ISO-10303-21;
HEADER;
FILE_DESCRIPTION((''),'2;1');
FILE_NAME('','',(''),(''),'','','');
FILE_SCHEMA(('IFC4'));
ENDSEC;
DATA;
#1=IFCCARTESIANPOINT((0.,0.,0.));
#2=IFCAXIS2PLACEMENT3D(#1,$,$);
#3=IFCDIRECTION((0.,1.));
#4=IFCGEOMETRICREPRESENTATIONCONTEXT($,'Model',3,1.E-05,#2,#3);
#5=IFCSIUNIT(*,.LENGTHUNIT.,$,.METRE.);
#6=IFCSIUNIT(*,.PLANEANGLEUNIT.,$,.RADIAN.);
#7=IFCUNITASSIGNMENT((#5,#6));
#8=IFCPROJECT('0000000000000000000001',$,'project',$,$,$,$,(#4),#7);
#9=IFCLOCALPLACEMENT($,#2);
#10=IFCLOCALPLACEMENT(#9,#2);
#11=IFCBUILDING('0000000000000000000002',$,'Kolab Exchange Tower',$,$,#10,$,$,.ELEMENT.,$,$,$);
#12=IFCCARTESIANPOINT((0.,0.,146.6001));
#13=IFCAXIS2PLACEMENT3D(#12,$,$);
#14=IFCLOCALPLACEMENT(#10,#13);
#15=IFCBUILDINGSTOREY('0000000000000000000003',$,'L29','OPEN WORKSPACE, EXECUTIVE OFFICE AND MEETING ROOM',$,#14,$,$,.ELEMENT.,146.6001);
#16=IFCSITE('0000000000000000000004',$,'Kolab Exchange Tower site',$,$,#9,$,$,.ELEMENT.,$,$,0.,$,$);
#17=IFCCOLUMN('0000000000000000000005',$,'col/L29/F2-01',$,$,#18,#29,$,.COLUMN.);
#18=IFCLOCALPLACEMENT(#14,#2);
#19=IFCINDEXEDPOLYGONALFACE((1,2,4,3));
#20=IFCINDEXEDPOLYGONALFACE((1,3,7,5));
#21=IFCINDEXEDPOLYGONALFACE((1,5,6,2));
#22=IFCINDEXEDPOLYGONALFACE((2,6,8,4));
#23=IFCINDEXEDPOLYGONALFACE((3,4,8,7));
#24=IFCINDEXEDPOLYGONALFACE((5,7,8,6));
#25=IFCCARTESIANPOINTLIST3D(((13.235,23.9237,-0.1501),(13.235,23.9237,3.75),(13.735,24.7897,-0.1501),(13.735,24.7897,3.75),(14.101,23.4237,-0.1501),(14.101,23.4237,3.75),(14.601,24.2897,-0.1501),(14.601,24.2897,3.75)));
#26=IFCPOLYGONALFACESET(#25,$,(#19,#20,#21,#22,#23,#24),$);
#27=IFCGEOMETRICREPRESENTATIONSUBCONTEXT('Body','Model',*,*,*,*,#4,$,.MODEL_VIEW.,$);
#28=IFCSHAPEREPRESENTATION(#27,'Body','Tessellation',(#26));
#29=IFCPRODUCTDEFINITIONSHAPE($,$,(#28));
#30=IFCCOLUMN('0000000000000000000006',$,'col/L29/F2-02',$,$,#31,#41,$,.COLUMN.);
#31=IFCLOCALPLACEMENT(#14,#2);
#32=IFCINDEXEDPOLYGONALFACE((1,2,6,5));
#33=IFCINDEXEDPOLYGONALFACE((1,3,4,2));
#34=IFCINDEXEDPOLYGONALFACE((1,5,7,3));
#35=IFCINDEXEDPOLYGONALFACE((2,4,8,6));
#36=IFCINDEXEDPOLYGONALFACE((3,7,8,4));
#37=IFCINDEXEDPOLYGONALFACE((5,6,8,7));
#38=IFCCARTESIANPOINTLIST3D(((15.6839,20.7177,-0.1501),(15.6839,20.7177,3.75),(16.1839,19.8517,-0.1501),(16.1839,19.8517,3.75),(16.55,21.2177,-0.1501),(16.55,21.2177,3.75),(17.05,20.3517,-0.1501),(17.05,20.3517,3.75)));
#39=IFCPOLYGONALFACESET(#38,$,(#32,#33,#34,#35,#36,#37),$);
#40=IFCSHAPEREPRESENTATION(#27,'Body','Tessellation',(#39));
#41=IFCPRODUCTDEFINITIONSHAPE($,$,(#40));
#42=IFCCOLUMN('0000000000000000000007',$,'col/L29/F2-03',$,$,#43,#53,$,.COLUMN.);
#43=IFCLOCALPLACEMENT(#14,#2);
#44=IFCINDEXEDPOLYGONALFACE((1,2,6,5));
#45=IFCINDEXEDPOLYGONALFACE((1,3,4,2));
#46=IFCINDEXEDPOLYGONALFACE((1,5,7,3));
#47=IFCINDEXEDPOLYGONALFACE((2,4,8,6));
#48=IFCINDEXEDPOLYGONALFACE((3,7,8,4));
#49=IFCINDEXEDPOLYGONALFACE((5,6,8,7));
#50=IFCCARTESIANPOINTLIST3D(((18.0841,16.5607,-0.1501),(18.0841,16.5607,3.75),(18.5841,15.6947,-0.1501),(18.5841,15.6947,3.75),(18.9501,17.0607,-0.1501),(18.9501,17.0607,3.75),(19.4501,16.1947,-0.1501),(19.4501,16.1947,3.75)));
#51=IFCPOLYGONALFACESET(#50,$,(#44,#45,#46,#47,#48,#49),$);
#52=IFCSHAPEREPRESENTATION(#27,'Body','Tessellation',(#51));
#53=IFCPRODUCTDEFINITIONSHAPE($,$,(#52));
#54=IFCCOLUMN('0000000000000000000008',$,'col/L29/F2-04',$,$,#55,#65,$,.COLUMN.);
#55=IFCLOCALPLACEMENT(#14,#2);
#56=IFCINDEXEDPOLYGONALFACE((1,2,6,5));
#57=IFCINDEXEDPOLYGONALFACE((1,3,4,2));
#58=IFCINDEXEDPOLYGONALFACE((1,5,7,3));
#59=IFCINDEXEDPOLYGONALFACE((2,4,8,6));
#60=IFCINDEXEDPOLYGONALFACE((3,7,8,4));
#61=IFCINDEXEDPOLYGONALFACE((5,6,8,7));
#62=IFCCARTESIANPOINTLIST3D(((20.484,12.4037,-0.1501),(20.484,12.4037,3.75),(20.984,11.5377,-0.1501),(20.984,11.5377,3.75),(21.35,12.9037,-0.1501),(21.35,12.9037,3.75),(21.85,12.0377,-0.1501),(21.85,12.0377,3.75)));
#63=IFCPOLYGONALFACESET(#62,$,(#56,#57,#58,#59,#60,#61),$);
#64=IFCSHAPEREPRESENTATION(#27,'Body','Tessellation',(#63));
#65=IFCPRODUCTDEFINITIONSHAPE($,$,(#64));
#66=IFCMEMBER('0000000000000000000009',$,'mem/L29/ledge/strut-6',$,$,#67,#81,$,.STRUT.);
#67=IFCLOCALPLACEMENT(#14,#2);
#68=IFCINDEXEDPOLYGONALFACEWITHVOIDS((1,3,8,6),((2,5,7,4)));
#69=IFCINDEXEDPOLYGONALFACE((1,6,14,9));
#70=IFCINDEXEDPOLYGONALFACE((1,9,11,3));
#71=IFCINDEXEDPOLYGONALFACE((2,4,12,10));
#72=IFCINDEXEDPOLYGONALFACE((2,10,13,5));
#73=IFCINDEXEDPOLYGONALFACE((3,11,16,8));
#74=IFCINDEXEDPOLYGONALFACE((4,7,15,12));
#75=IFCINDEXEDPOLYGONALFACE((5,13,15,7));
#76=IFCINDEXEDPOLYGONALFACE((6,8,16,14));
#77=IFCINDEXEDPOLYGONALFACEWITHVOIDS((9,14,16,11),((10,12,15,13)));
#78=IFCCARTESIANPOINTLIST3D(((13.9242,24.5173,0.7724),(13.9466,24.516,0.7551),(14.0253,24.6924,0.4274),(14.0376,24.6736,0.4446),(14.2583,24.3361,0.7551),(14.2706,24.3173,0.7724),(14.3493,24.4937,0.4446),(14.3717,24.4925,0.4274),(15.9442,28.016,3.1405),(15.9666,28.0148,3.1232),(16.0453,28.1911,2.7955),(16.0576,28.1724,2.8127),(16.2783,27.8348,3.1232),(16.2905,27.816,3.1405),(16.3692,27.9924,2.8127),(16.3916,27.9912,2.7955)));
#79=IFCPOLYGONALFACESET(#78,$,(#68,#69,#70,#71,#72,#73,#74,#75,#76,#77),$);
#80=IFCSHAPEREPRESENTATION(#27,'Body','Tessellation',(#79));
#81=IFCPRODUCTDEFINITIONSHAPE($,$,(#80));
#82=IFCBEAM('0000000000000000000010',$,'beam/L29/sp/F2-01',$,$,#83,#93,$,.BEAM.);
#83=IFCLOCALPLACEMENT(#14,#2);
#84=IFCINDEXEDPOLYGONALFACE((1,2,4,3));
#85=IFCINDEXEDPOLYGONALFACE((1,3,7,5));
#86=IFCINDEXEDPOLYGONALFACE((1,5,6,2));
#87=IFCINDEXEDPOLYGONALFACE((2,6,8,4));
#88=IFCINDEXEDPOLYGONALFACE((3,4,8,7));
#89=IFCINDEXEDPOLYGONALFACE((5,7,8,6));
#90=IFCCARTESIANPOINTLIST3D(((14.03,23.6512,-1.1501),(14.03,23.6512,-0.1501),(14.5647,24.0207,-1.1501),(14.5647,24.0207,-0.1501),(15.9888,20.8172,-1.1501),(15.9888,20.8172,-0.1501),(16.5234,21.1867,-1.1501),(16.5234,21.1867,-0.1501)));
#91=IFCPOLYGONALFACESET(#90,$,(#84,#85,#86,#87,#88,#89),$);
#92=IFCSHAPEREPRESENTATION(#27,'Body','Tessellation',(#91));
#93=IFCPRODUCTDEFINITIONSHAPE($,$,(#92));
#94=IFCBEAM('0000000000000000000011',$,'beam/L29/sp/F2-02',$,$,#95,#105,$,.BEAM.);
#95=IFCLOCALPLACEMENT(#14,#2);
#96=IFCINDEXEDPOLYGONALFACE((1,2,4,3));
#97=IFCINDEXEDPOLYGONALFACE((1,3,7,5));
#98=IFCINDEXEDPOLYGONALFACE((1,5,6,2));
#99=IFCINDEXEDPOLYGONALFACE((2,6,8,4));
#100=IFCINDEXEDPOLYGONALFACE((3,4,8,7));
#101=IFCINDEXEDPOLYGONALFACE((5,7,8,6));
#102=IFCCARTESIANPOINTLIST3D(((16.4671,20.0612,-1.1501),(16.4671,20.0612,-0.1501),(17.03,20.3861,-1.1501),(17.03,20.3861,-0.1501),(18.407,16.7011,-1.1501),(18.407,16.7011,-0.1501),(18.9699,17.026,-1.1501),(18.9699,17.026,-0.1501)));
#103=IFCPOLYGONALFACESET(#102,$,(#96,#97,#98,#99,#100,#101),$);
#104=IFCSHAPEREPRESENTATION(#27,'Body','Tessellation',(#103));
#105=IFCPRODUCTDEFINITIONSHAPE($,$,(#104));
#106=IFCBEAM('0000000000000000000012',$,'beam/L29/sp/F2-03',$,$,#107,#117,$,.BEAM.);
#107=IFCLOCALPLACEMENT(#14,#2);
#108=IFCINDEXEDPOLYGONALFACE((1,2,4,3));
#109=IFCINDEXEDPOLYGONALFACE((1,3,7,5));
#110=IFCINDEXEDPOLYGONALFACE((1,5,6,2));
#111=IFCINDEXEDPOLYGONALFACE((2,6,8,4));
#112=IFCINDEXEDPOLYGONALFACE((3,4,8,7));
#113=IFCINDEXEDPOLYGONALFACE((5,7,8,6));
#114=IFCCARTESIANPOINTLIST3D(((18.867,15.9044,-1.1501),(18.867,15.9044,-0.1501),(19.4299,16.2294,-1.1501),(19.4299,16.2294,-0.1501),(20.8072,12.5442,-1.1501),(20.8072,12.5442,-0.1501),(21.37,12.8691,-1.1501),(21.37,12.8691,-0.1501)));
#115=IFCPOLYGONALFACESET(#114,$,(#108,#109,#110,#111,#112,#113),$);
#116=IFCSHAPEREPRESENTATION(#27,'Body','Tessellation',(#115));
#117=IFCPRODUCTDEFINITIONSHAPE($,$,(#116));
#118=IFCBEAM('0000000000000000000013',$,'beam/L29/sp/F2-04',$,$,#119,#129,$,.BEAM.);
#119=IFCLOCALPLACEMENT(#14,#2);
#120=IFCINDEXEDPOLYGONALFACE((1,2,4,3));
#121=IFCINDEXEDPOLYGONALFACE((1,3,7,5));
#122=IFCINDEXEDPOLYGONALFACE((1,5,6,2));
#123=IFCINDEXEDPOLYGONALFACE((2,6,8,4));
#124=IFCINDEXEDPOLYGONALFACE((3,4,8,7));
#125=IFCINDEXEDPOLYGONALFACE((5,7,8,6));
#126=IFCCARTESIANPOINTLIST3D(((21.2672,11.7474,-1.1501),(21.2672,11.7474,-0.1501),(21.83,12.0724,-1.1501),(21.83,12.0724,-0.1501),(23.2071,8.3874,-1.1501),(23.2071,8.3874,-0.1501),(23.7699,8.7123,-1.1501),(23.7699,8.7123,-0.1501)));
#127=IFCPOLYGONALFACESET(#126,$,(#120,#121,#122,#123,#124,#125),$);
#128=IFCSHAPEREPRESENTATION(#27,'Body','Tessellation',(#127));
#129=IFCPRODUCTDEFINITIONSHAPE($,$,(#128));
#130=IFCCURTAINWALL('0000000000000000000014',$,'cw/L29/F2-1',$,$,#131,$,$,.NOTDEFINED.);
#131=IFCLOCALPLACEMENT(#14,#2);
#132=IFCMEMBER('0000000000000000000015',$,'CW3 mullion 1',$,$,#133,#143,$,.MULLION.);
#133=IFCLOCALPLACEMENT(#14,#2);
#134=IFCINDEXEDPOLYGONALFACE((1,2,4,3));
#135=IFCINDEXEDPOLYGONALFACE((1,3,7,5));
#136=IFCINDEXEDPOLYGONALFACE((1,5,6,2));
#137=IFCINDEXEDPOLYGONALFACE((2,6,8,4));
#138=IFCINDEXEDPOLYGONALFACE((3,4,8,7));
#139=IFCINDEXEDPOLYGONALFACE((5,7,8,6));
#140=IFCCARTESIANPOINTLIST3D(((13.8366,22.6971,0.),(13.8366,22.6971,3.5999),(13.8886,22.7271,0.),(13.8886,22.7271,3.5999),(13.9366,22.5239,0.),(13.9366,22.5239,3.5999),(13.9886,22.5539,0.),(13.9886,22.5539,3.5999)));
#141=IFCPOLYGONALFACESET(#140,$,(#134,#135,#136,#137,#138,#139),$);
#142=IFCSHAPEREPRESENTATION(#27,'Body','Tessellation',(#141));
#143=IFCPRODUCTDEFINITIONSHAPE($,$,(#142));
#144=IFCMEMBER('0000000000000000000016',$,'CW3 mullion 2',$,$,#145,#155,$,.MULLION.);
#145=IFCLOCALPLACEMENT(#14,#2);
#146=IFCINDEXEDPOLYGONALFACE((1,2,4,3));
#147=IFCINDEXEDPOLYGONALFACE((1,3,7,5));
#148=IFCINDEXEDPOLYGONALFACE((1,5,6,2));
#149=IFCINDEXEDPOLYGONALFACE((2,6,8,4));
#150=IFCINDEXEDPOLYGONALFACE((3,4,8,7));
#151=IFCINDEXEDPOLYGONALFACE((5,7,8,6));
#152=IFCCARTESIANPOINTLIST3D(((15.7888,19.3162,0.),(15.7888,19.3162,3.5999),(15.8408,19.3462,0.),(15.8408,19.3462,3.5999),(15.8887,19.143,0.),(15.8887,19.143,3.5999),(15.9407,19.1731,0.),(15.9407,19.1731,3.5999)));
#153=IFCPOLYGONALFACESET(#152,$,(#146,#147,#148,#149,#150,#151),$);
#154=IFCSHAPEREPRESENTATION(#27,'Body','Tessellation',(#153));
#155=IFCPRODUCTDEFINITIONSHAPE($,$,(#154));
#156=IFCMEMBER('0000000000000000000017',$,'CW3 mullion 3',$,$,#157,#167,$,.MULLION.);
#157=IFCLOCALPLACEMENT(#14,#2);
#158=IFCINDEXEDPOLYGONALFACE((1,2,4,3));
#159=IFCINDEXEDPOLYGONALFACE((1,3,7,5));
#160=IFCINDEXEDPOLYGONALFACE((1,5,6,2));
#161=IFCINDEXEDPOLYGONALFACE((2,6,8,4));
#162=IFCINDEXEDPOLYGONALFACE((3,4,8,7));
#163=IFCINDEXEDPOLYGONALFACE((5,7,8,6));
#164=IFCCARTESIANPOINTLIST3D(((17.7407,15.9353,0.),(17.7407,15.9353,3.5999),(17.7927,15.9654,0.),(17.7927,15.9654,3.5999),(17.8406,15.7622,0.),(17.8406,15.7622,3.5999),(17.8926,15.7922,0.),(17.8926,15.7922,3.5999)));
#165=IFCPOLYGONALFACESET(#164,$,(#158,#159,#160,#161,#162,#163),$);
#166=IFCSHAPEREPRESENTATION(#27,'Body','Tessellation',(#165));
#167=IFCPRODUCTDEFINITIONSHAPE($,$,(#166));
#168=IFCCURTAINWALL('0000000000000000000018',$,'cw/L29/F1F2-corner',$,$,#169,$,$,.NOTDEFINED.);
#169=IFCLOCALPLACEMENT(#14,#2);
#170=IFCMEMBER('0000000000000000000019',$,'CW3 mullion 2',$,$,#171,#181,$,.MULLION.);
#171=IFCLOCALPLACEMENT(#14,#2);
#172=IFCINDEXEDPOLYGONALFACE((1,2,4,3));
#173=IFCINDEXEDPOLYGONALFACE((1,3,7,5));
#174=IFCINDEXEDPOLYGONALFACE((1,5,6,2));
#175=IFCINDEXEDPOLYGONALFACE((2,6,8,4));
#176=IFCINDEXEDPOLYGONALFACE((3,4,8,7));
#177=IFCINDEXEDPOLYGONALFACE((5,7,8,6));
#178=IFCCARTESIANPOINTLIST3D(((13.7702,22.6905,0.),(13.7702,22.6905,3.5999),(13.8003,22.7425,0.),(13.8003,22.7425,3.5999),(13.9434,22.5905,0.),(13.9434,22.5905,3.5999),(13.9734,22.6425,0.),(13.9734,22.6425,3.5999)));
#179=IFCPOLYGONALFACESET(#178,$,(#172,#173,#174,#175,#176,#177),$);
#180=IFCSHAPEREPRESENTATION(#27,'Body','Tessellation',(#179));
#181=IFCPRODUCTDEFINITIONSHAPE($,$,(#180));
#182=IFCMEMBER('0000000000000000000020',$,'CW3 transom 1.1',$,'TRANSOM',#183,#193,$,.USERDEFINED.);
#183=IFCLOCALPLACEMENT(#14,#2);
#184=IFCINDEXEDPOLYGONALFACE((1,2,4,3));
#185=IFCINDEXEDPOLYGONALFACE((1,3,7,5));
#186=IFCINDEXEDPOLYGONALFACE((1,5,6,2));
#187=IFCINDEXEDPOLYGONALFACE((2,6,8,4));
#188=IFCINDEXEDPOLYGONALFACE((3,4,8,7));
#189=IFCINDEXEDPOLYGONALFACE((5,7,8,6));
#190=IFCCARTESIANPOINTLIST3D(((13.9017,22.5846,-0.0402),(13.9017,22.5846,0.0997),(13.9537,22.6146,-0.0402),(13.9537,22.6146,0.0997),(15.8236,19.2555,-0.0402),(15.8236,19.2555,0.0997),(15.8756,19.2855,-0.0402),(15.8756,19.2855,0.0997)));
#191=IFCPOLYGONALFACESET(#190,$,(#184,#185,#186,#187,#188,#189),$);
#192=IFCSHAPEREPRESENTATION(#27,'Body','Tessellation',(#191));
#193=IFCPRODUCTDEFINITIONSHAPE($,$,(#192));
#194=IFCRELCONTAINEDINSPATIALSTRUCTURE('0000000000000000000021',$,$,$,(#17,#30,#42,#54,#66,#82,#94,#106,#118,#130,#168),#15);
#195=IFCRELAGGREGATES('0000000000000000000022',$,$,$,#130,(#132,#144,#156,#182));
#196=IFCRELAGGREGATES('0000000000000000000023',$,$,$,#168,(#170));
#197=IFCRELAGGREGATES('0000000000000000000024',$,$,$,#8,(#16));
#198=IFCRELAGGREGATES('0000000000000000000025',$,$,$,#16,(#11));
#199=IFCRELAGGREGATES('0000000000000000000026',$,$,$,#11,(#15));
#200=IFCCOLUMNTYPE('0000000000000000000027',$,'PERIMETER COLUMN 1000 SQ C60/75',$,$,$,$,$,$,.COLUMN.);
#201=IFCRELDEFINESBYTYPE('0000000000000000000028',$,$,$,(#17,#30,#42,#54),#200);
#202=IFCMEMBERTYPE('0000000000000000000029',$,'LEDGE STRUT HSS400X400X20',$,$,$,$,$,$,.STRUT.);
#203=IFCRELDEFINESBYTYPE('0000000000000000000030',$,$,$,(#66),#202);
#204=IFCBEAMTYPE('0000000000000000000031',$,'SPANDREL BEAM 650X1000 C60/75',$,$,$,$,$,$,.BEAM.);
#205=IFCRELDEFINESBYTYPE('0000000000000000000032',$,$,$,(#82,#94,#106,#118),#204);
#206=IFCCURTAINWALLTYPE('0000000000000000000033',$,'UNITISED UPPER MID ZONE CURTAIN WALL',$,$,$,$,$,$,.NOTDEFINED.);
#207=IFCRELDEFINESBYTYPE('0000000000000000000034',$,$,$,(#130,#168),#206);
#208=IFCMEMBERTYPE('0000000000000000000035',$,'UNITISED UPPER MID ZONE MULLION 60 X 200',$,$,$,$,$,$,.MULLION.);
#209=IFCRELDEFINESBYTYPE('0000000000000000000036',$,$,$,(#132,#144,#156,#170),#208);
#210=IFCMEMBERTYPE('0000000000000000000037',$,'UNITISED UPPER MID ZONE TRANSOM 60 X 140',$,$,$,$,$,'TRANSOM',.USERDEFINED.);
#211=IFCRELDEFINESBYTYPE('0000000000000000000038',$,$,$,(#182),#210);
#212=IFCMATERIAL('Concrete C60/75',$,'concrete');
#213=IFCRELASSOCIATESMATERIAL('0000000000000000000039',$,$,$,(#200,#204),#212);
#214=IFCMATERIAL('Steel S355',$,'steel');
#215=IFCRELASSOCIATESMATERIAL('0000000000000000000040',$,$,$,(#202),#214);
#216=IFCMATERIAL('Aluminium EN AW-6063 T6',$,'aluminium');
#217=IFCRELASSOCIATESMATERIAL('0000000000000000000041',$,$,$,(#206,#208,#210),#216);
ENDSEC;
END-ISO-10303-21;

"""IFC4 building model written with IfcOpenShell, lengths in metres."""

from ifc_helpers import new_model, si_unit, direction, frame, origin, origin_2d, place, context, subcontext, project, spatial, rectangle, hollow_rectangle, extrude, material, material_profile, profile_set, type_object, element, aggregate, save


model = new_model("IFC4")

# Units and contexts
model_context = context("Model", 3, precision=1e-05, world=origin(), true_north=direction((0.0, 1.0)))
body_context = subcontext(model_context, "Body", "Model", "MODEL_VIEW")
ifc_project = project(units=[si_unit("LENGTHUNIT", "METRE"), si_unit("PLANEANGLEUNIT", "RADIAN")], contexts=[model_context])

# Site, building, storey
site_placement = place(None, origin())
site = spatial("IfcSite", under=ifc_project, at=site_placement, Name="Kolab Exchange Tower site", CompositionType="ELEMENT", RefElevation=0.0)
building_placement = place(site_placement, origin())
building = spatial("IfcBuilding", under=site, at=building_placement, Name="Kolab Exchange Tower", CompositionType="ELEMENT")
storey_placement = place(building_placement, frame((0.0, 0.0, 146.6001)))
storey = spatial("IfcBuildingStorey", under=building, at=storey_placement, Name="L29", Description="OPEN WORKSPACE, EXECUTIVE OFFICE AND MEETING ROOM", CompositionType="ELEMENT", Elevation=146.6001)

# Columns
ifc_material_1 = material(Name="Concrete C60/75", Category="concrete")
ifc_material_profile_1 = material_profile(ifc_material_1, rectangle(XDim=1.0, YDim=1.0, at=origin_2d()), Name="RC1000")
ifc_profile_set_1 = profile_set([ifc_material_profile_1], Name="Concrete C60/75")
column_type = type_object("IfcColumnType", Name="PERIMETER COLUMN 1000 SQ C60/75", PredefinedType="COLUMN", material=ifc_profile_set_1)
for number, where, z_axis, x_axis, name in (
    (1, (13.918, 24.1067, -0.1501), (0.0, 0.0, 1.0), (0.5, 0.866025, 0.0), "col/L29/F2-01"),
    (2, (16.3669, 20.5347, -0.1501), (0.0, 0.0, 1.0), (0.866025, 0.5, 0.0), "col/L29/F2-02"),
    (3, (18.7671, 16.3777, -0.1501), (0.0, 0.0, 1.0), (0.866025, 0.5, 0.0), "col/L29/F2-03"),
    (4, (21.167, 12.2207, -0.1501), (0.0, 0.0, 1.0), (0.866025, 0.5, 0.0), "col/L29/F2-04"),
):
    element("IfcColumn", number, at=place(storey_placement, frame(where, z_axis=z_axis, x_axis=x_axis)), inside=storey, type_object=column_type, Name=name, PredefinedType="COLUMN", context=body_context, shape_type="SweptSolid", body=[
        extrude(rectangle(XDim=1.0, YDim=1.0, at=origin_2d()), origin(), (0.0, 0.0, 1.0), 3.9001),
    ])

# Member
ifc_material_2 = material(Name="Steel S355", Category="steel")
ifc_material_profile_2 = material_profile(ifc_material_2, hollow_rectangle(XDim=0.3999, YDim=0.3999, WallThickness=0.02, at=origin_2d()), Name="HSS400X400X20")
ifc_profile_set_2 = profile_set([ifc_material_profile_2], Name="Steel S355")
member_type_1 = type_object("IfcMemberType", Name="LEDGE STRUT HSS400X400X20", PredefinedType="STRUT", material=ifc_profile_set_2)
member_1_placement = place(storey_placement, frame((14.1479, 24.5049, 0.5999), z_axis=(0.431355, 0.747129, 0.505698), x_axis=(-0.866026, 0.5, 0.0)))
element("IfcMember", 5, at=member_1_placement, inside=storey, type_object=member_type_1, Name="mem/L29/ledge/strut-6", PredefinedType="STRUT", context=body_context, shape_type="SweptSolid", body=[
    extrude(hollow_rectangle(XDim=0.3999, YDim=0.3999, WallThickness=0.02, at=origin_2d()), origin(), (0.0, 0.0, 1.0), 4.6829),
])

# Beams
ifc_material_profile_3 = material_profile(ifc_material_1, rectangle(XDim=0.6499, YDim=1.0, at=origin_2d()), Name="RC650X1000")
ifc_profile_set_3 = profile_set([ifc_material_profile_3], Name="Concrete C60/75")
beam_type = type_object("IfcBeamType", Name="SPANDREL BEAM 650X1000 C60/75", PredefinedType="BEAM", material=ifc_profile_set_3)
beam_1_placement = place(storey_placement, frame((14.2974, 23.8359, -0.6501), z_axis=(0.568572, -0.822633, 0.0), x_axis=(0.822633, 0.568572, 0.0)))
element("IfcBeam", 6, at=beam_1_placement, inside=storey, type_object=beam_type, Name="beam/L29/sp/F2-01", PredefinedType="BEAM", context=body_context, shape_type="SweptSolid", body=[
    extrude(rectangle(XDim=0.6499, YDim=1.0, at=origin_2d()), origin(), (0.0, 0.0, 1.0), 3.4451),
])
beam_2_placement = place(storey_placement, frame((16.7485, 20.2236, -0.6501), z_axis=(0.499997, -0.866027, 0.0), x_axis=(0.866027, 0.499997, 0.0)))
element("IfcBeam", 7, at=beam_2_placement, inside=storey, type_object=beam_type, Name="beam/L29/sp/F2-02", PredefinedType="BEAM", context=body_context, shape_type="SweptSolid", body=[
    extrude(rectangle(XDim=0.6499, YDim=1.0, at=origin_2d()), origin(), (0.0, 0.0, 1.0), 3.8799),
])
beam_3_placement = place(storey_placement, frame((19.1484, 16.0669, -0.6501), z_axis=(0.500017, -0.866016, 0.0), x_axis=(0.866016, 0.500017, 0.0)))
element("IfcBeam", 8, at=beam_3_placement, inside=storey, type_object=beam_type, Name="beam/L29/sp/F2-03", PredefinedType="BEAM", context=body_context, shape_type="SweptSolid", body=[
    extrude(rectangle(XDim=0.6499, YDim=1.0, at=origin_2d()), origin(), (0.0, 0.0, 1.0), 3.8801),
])
beam_4_placement = place(storey_placement, frame((21.5486, 11.9099, -0.6501), z_axis=(0.499997, -0.866027, 0.0), x_axis=(0.866027, 0.499997, 0.0)))
element("IfcBeam", 9, at=beam_4_placement, inside=storey, type_object=beam_type, Name="beam/L29/sp/F2-04", PredefinedType="BEAM", context=body_context, shape_type="SweptSolid", body=[
    extrude(rectangle(XDim=0.6499, YDim=1.0, at=origin_2d()), origin(), (0.0, 0.0, 1.0), 3.8799),
])

# Curtain wall, members
ifc_material_3 = material(Name="Aluminium EN AW-6063 T6", Category="aluminium")
curtain_wall_type = type_object("IfcCurtainWallType", Name="UNITISED UPPER MID ZONE CURTAIN WALL", PredefinedType="NOTDEFINED", material=ifc_material_3)
curtain_wall_1_placement = place(storey_placement, origin())
curtain_wall_1 = element("IfcCurtainWall", 10, at=curtain_wall_1_placement, inside=storey, type_object=curtain_wall_type, Name="cw/L29/F2-1", PredefinedType="NOTDEFINED")
ifc_material_profile_4 = material_profile(ifc_material_3, rectangle(XDim=0.0601, YDim=0.2, at=origin_2d()), Name="RECT 60X200")
ifc_profile_set_4 = profile_set([ifc_material_profile_4], Name="Aluminium EN AW-6063 T6")
member_type_2 = type_object("IfcMemberType", Name="UNITISED UPPER MID ZONE MULLION 60 X 200", PredefinedType="MULLION", material=ifc_profile_set_4)
member_2_placement = place(storey_placement, frame((13.9126, 22.6255, 0.0), z_axis=(0.0, 0.0, 1.0), x_axis=(0.866025, 0.5, 0.0)))
member_2 = element("IfcMember", 11, at=member_2_placement, type_object=member_type_2, Name="CW3 mullion 1", PredefinedType="MULLION", context=body_context, shape_type="SweptSolid", body=[
    extrude(rectangle(XDim=0.0601, YDim=0.2, at=origin_2d()), origin(), (0.0, 0.0, 1.0), 3.5999),
])
member_3_placement = place(storey_placement, frame((15.8647, 19.2446, 0.0), z_axis=(0.0, 0.0, 1.0), x_axis=(0.866025, 0.5, 0.0)))
member_3 = element("IfcMember", 12, at=member_3_placement, type_object=member_type_2, Name="CW3 mullion 2", PredefinedType="MULLION", context=body_context, shape_type="SweptSolid", body=[
    extrude(rectangle(XDim=0.0601, YDim=0.2, at=origin_2d()), origin(), (0.0, 0.0, 1.0), 3.5999),
])
member_4_placement = place(storey_placement, frame((17.8167, 15.8638, 0.0), z_axis=(0.0, 0.0, 1.0), x_axis=(0.866025, 0.5, 0.0)))
member_4 = element("IfcMember", 13, at=member_4_placement, type_object=member_type_2, Name="CW3 mullion 3", PredefinedType="MULLION", context=body_context, shape_type="SweptSolid", body=[
    extrude(rectangle(XDim=0.0601, YDim=0.2, at=origin_2d()), origin(), (0.0, 0.0, 1.0), 3.5999),
])

# Curtain wall, member
curtain_wall_2_placement = place(storey_placement, origin())
curtain_wall_2 = element("IfcCurtainWall", 14, at=curtain_wall_2_placement, inside=storey, type_object=curtain_wall_type, Name="cw/L29/F1F2-corner", PredefinedType="NOTDEFINED")
member_5_placement = place(storey_placement, frame((13.8718, 22.6665, 0.0), z_axis=(0.0, 0.0, 1.0), x_axis=(0.5, 0.866025, 0.0)))
member_5 = element("IfcMember", 15, at=member_5_placement, type_object=member_type_2, Name="CW3 mullion 2", PredefinedType="MULLION", context=body_context, shape_type="SweptSolid", body=[
    extrude(rectangle(XDim=0.0601, YDim=0.2, at=origin_2d()), origin(), (0.0, 0.0, 1.0), 3.5999),
])

# Member
ifc_material_profile_5 = material_profile(ifc_material_3, rectangle(XDim=0.0601, YDim=0.1399, at=origin_2d()), Name="RECT 60X140")
ifc_profile_set_5 = profile_set([ifc_material_profile_5], Name="Aluminium EN AW-6063 T6")
member_type_3 = type_object("IfcMemberType", Name="UNITISED UPPER MID ZONE TRANSOM 60 X 140", ElementType="TRANSOM", PredefinedType="USERDEFINED", material=ifc_profile_set_5)
member_6_placement = place(storey_placement, frame((13.9277, 22.5996, 0.0298), z_axis=(0.499964, -0.866046, 0.0), x_axis=(0.866046, 0.499964, 0.0)))
member_6 = element("IfcMember", 16, at=member_6_placement, type_object=member_type_3, Name="CW3 transom 1.1", ObjectType="TRANSOM", PredefinedType="USERDEFINED", context=body_context, shape_type="SweptSolid", body=[
    extrude(rectangle(XDim=0.0601, YDim=0.1399, at=origin_2d()), origin(), (0.0, 0.0, 1.0), 3.844),
])

aggregate(curtain_wall_1, [member_2, member_3, member_4, member_6])
aggregate(curtain_wall_2, [member_5])

save(model, "model.ifc")
